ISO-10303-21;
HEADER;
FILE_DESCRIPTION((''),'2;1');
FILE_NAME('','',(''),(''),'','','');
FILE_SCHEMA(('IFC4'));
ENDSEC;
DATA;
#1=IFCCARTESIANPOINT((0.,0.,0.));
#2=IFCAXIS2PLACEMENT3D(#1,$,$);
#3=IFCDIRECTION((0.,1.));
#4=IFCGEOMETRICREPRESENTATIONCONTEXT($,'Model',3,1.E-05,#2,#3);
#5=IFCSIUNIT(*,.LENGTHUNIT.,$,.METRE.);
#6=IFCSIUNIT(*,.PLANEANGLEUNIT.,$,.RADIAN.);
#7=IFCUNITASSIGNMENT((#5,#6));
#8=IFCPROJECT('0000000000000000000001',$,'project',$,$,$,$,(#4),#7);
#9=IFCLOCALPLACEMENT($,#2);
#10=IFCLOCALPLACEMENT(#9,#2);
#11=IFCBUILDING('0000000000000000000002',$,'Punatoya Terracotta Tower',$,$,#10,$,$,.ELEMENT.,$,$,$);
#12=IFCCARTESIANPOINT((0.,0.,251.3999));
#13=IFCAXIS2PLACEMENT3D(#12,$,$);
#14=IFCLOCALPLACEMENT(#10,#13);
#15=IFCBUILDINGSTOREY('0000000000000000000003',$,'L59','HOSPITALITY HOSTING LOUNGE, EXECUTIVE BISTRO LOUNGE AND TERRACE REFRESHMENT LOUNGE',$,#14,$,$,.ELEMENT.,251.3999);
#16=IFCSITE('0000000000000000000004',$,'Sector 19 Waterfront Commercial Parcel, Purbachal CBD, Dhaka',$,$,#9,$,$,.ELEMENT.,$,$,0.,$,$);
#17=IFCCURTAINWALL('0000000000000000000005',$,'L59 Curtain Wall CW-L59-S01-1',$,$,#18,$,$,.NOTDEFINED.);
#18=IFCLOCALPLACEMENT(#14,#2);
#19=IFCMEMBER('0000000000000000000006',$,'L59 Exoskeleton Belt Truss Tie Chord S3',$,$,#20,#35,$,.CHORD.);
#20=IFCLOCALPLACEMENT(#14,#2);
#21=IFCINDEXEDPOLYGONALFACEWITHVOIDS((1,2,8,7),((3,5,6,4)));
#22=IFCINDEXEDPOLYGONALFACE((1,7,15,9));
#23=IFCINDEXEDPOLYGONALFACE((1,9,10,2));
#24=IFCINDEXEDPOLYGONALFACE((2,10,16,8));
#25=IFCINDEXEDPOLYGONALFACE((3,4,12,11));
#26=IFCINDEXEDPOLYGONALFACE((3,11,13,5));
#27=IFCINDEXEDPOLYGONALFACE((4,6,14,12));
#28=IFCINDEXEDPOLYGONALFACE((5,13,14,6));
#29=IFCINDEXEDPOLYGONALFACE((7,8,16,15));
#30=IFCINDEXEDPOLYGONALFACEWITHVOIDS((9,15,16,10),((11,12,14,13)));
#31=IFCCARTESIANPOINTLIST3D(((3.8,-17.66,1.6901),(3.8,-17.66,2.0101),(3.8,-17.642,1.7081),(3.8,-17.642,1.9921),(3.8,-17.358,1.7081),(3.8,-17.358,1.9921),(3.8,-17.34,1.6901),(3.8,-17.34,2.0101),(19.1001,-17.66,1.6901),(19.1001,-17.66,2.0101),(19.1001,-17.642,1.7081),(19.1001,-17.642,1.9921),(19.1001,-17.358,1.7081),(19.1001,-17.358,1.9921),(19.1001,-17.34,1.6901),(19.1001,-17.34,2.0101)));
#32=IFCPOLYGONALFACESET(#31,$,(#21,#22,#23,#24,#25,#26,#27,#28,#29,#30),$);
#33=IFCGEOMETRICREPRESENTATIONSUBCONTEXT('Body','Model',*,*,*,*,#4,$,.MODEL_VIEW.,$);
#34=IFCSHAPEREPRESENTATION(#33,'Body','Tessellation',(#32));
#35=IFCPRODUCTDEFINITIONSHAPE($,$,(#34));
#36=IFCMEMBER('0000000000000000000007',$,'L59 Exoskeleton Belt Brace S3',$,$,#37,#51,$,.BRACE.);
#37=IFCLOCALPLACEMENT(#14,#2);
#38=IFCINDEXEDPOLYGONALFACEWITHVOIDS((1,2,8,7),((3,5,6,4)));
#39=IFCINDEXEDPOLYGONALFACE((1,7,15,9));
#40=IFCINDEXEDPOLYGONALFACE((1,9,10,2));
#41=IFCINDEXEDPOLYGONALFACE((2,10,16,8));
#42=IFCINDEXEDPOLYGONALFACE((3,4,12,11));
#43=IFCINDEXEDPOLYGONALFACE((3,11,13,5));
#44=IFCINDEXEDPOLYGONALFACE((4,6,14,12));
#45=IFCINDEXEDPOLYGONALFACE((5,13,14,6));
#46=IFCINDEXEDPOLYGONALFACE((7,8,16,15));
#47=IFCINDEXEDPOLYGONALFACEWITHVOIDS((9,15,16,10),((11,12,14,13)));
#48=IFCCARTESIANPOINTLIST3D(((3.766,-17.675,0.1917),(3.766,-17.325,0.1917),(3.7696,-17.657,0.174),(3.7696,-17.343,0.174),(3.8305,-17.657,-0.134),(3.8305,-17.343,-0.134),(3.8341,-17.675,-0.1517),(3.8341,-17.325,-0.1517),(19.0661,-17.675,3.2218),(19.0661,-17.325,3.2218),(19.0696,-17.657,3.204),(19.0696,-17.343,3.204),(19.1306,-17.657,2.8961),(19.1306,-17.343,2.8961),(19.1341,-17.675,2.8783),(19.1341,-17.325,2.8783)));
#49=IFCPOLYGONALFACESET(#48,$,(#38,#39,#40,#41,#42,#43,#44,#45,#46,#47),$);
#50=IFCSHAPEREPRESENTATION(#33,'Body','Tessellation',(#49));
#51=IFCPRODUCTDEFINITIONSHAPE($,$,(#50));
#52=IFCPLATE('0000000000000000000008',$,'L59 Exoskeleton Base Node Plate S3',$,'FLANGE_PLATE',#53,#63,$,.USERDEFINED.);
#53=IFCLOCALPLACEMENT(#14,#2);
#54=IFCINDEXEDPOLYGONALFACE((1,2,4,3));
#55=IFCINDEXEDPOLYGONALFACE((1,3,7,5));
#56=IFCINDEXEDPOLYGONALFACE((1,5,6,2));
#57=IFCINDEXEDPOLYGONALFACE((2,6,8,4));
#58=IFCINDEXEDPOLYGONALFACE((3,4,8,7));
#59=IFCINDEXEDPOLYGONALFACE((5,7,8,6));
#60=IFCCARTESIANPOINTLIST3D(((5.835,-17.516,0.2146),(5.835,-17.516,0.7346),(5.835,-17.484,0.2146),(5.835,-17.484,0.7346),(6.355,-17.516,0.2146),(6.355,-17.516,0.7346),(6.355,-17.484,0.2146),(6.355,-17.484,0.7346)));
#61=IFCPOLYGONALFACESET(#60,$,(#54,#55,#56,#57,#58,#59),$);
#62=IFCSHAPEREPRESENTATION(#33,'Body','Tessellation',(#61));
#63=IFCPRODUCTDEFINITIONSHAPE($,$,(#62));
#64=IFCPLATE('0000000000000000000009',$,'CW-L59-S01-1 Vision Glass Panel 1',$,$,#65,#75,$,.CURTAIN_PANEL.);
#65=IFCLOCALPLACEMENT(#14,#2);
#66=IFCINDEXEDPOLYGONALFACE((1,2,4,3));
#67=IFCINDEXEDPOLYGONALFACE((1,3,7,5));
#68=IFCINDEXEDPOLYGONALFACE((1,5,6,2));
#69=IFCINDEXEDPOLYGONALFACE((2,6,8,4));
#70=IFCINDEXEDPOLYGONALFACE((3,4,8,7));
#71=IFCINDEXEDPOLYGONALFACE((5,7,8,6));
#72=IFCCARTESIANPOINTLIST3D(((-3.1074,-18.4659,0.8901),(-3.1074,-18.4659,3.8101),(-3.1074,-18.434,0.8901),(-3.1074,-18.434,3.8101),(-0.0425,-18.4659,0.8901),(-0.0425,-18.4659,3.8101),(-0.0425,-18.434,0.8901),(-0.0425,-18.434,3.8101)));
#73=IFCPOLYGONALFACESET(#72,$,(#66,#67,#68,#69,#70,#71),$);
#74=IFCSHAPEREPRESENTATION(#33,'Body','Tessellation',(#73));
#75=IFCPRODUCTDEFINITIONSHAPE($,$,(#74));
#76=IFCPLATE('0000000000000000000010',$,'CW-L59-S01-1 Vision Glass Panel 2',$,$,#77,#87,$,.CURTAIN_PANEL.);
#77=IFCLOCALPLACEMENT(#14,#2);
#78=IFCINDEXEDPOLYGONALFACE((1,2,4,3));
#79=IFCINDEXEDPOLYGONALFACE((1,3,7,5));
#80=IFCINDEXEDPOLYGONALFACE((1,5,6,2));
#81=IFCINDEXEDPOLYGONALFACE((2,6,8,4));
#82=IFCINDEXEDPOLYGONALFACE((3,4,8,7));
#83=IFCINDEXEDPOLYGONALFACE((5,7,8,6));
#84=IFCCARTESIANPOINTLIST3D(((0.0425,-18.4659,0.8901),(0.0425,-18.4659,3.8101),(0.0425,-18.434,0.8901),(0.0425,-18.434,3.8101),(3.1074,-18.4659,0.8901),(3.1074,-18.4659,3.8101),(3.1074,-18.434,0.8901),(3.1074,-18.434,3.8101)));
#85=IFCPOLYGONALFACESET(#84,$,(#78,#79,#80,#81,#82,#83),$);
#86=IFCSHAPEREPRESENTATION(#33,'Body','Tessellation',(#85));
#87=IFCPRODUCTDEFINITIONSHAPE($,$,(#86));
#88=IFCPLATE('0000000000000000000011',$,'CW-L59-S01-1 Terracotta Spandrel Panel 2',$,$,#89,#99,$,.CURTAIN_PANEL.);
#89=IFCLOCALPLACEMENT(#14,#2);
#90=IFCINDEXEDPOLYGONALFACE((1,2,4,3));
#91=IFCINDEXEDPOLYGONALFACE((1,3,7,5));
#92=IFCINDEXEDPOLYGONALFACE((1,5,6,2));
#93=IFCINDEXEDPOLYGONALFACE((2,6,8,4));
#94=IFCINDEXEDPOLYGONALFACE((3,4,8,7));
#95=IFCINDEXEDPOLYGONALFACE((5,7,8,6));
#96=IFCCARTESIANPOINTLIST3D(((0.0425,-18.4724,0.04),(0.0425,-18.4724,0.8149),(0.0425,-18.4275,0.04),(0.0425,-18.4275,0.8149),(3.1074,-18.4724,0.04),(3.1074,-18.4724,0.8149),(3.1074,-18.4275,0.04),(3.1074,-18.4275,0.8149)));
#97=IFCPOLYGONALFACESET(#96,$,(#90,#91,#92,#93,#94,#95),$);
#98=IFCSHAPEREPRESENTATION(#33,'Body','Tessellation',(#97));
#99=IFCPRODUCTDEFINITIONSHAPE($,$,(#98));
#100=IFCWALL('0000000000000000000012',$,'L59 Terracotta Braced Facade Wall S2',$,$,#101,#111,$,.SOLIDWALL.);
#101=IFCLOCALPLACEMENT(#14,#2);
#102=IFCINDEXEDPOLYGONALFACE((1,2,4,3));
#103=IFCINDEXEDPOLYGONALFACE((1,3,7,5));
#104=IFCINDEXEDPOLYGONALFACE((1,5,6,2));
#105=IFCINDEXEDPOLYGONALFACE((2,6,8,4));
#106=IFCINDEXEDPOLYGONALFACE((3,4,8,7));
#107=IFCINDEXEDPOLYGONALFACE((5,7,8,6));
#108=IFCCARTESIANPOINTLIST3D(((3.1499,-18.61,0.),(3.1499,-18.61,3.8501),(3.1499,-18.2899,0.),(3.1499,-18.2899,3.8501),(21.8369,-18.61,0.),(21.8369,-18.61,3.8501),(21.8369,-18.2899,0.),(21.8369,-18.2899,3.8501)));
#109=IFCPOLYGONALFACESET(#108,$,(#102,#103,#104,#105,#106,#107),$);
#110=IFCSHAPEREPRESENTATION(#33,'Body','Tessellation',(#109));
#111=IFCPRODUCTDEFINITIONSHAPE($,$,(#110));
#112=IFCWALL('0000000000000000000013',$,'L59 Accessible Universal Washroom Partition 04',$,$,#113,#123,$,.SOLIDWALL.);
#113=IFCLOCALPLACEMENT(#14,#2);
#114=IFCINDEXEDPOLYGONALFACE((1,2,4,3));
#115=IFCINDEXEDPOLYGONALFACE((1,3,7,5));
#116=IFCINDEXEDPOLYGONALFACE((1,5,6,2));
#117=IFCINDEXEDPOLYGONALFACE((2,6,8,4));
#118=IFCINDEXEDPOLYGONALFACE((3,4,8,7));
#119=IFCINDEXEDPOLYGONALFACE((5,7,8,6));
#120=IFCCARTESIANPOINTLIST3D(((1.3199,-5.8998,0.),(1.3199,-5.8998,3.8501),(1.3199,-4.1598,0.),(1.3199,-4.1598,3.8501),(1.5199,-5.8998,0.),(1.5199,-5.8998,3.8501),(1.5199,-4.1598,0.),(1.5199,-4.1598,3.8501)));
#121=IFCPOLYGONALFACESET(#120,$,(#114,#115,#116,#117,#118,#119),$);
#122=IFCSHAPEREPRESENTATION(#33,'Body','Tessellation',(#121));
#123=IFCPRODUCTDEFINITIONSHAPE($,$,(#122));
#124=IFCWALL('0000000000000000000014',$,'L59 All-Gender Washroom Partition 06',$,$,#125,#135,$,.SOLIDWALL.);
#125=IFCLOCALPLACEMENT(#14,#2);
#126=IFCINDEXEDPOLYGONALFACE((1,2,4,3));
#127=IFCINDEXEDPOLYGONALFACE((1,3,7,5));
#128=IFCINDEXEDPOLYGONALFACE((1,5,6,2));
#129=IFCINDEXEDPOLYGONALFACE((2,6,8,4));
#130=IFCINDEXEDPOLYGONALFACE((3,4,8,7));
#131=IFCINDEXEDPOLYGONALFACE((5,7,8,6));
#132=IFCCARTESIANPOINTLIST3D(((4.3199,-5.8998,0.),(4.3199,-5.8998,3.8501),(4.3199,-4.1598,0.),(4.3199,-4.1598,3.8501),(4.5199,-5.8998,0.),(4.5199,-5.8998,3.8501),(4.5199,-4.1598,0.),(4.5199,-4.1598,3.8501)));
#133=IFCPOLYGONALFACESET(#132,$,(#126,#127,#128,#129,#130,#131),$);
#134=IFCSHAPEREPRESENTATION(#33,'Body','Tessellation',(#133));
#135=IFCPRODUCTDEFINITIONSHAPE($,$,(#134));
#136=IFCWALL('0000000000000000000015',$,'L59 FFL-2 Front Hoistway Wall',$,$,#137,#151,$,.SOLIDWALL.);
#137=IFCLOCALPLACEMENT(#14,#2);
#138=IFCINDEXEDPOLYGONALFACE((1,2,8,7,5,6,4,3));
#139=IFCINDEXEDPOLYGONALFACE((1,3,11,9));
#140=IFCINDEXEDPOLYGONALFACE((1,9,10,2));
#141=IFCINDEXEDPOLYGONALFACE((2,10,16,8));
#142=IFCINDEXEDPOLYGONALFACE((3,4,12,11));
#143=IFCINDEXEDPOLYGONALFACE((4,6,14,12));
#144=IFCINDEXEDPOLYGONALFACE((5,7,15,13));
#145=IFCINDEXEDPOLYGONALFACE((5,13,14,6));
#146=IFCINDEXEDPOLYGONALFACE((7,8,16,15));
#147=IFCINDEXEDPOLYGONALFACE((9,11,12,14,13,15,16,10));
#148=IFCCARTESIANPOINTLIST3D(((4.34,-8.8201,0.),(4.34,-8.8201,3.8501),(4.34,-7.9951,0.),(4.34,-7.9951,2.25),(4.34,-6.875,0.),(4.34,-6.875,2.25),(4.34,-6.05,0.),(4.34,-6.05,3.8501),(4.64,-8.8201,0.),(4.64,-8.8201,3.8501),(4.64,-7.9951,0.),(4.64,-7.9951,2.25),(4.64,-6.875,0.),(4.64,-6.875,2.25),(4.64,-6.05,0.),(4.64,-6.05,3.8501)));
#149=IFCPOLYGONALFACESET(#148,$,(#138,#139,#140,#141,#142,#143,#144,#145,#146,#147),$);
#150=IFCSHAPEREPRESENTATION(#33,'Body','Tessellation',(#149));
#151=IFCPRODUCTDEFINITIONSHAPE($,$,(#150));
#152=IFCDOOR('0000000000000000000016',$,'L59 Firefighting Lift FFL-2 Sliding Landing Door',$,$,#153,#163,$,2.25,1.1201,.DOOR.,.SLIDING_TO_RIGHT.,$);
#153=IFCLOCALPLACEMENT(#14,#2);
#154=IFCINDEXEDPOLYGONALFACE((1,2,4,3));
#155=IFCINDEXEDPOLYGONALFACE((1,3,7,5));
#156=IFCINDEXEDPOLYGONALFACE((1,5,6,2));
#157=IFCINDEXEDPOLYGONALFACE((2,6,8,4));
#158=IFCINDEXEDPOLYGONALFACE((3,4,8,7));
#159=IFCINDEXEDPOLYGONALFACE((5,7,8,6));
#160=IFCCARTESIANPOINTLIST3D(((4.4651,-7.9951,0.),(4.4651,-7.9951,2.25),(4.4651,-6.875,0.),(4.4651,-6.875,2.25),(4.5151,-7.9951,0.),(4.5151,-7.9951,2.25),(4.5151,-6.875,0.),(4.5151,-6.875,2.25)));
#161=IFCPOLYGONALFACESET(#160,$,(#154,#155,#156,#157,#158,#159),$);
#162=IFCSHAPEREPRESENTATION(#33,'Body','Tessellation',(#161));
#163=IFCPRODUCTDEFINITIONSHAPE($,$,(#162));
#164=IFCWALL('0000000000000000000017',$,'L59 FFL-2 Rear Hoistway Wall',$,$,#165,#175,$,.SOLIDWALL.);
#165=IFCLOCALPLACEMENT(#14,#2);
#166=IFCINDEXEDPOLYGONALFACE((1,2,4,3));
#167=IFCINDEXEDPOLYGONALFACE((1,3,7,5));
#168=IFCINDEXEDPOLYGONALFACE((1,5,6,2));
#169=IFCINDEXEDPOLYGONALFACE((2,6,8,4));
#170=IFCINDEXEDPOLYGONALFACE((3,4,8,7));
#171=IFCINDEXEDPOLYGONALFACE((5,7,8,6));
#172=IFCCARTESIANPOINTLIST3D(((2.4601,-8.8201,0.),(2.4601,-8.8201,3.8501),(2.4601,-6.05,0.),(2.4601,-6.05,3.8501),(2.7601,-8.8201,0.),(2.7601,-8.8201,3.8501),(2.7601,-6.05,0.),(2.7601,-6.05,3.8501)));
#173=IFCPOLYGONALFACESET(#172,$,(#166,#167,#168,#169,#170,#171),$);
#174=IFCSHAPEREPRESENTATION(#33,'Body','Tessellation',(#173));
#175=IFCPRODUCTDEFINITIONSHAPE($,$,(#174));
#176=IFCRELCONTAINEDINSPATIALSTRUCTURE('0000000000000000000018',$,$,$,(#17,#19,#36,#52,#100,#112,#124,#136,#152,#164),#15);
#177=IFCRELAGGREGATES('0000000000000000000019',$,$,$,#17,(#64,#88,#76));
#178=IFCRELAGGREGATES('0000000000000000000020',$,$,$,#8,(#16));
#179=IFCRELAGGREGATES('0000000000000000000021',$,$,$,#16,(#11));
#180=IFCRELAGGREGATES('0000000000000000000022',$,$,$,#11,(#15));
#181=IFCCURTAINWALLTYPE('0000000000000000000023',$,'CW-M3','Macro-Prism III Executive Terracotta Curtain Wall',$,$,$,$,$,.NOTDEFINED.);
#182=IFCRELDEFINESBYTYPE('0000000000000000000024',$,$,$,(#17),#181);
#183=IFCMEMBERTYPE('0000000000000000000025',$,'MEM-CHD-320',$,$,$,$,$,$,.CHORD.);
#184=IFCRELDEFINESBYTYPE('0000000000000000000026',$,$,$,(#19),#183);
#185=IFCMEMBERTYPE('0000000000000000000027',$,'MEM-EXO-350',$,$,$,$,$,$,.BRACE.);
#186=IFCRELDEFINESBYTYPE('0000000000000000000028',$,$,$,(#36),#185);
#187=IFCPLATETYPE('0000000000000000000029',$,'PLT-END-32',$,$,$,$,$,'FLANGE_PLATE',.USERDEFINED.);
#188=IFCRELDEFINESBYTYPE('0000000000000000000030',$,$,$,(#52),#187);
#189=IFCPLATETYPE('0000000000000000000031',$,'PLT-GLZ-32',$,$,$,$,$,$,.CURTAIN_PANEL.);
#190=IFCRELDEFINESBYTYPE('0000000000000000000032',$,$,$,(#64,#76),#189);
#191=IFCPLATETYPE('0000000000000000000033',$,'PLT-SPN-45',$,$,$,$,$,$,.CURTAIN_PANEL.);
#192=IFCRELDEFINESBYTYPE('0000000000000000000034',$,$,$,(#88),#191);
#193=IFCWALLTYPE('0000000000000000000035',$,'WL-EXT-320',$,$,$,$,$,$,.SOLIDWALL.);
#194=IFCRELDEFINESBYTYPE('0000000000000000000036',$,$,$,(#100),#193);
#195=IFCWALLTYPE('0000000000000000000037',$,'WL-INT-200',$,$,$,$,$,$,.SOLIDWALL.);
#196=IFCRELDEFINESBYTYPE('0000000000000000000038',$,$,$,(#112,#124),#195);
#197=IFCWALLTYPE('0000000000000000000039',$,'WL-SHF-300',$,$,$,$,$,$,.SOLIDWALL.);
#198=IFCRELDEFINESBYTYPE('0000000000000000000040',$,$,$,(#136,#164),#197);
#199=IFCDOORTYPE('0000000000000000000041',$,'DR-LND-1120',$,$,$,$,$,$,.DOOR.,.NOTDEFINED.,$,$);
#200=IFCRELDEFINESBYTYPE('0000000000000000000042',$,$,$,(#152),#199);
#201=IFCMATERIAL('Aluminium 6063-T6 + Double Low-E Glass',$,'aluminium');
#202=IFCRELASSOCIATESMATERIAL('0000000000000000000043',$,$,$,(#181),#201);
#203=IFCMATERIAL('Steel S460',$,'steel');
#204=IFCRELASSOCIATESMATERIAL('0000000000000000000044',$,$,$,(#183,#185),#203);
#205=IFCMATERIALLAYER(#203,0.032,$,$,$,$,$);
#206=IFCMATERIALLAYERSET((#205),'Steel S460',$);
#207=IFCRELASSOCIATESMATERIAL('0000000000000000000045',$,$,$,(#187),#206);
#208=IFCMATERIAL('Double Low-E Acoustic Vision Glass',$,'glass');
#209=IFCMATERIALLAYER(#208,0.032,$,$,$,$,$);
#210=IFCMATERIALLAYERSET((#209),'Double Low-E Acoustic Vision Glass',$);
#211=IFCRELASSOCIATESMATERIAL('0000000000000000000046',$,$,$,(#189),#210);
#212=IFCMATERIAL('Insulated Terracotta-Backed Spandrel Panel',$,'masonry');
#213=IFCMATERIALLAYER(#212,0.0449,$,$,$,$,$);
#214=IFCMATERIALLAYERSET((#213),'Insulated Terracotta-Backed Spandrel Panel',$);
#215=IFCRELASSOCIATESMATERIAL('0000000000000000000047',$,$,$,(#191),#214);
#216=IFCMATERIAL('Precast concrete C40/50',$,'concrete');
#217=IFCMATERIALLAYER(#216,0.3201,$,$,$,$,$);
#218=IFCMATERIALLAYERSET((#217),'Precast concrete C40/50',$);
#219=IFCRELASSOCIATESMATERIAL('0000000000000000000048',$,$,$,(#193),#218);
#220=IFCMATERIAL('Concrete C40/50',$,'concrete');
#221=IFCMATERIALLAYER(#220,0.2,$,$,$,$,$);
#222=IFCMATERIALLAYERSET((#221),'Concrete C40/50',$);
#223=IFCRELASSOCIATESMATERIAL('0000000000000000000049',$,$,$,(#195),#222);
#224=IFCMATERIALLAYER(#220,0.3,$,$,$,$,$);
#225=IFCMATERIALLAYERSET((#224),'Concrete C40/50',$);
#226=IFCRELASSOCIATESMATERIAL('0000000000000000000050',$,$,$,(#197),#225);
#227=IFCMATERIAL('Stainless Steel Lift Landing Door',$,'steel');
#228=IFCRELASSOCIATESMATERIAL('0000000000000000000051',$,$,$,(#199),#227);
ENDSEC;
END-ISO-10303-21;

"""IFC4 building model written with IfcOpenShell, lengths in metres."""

from ifc_helpers import new_model, si_unit, direction, frame, frame_2d, origin, origin_2d, place, context, subcontext, project, spatial, rectangle, hollow_rectangle, extrude, material, layer, layer_set, material_profile, profile_set, type_object, element, fill, aggregate, save


model = new_model("IFC4")

# Units and contexts
model_context = context("Model", 3, precision=1e-05, world=origin(), true_north=direction((0.0, 1.0)))
body_context = subcontext(model_context, "Body", "Model", "MODEL_VIEW")
ifc_project = project(units=[si_unit("LENGTHUNIT", "METRE"), si_unit("PLANEANGLEUNIT", "RADIAN")], contexts=[model_context])

# Site, building, storey
site_placement = place(None, origin())
site = spatial("IfcSite", under=ifc_project, at=site_placement, Name="Sector 19 Waterfront Commercial Parcel, Purbachal CBD, Dhaka", CompositionType="ELEMENT", RefElevation=0.0)
building_placement = place(site_placement, origin())
building = spatial("IfcBuilding", under=site, at=building_placement, Name="Punatoya Terracotta Tower", CompositionType="ELEMENT")
storey_placement = place(building_placement, frame((0.0, 0.0, 251.3999)))
storey = spatial("IfcBuildingStorey", under=building, at=storey_placement, Name="L59", Description="HOSPITALITY HOSTING LOUNGE, EXECUTIVE BISTRO LOUNGE AND TERRACE REFRESHMENT LOUNGE", CompositionType="ELEMENT", Elevation=251.3999)

# Shared definitions
ifc_material_1 = material(Name="Steel S460", Category="steel")

# Curtain wall
ifc_material_2 = material(Name="Aluminium 6063-T6 + Double Low-E Glass", Category="aluminium")
curtain_wall_type = type_object("IfcCurtainWallType", Name="CW-M3", Description="Macro-Prism III Executive Terracotta Curtain Wall", PredefinedType="NOTDEFINED", material=ifc_material_2)
curtain_wall_placement = place(storey_placement, origin())
curtain_wall = element("IfcCurtainWall", 1, at=curtain_wall_placement, inside=storey, type_object=curtain_wall_type, Name="L59 Curtain Wall CW-L59-S01-1", PredefinedType="NOTDEFINED")

# Members
ifc_material_profile_1 = material_profile(ifc_material_1, hollow_rectangle(XDim=0.3201, YDim=0.3201, WallThickness=0.0181, at=origin_2d()))
ifc_profile_set_1 = profile_set([ifc_material_profile_1], Name="Steel S460")
member_type_1 = type_object("IfcMemberType", Name="MEM-CHD-320", PredefinedType="CHORD", material=ifc_profile_set_1)
member_1_placement = place(storey_placement, frame((3.8, -17.5, 1.8501), z_axis=(1.0, 0.0, 0.0), x_axis=(0.0, 1.0, 0.0)))
element("IfcMember", 2, at=member_1_placement, inside=storey, type_object=member_type_1, Name="L59 Exoskeleton Belt Truss Tie Chord S3", PredefinedType="CHORD", context=body_context, shape_type="SweptSolid", body=[
    extrude(hollow_rectangle(XDim=0.3201, YDim=0.3201, WallThickness=0.0181, at=origin_2d()), origin(), (0.0, 0.0, 1.0), 15.3),
])
ifc_material_profile_2 = material_profile(ifc_material_1, hollow_rectangle(XDim=0.3501, YDim=0.3501, WallThickness=0.0181, at=origin_2d()))
ifc_profile_set_2 = profile_set([ifc_material_profile_2], Name="Steel S460")
member_type_2 = type_object("IfcMemberType", Name="MEM-EXO-350", PredefinedType="BRACE", material=ifc_profile_set_2)
member_2_placement = place(storey_placement, frame((3.8, -17.5, 0.02), z_axis=(0.980949, 0.0, 0.194268), x_axis=(0.0, 1.0, 0.0)))
element("IfcMember", 3, at=member_2_placement, inside=storey, type_object=member_type_2, Name="L59 Exoskeleton Belt Brace S3", PredefinedType="BRACE", context=body_context, shape_type="SweptSolid", body=[
    extrude(hollow_rectangle(XDim=0.3501, YDim=0.3501, WallThickness=0.0181, at=origin_2d()), origin(), (0.0, 0.0, 1.0), 15.5972),
])

# Plates
ifc_layer_1 = layer(ifc_material_1, 0.032)
ifc_layer_set_1 = layer_set([ifc_layer_1], Name="Steel S460")
plate_type_1 = type_object("IfcPlateType", Name="PLT-END-32", ElementType="FLANGE_PLATE", PredefinedType="USERDEFINED", material=ifc_layer_set_1)
plate_1_placement = place(storey_placement, frame((6.095, -17.5, 0.2146), z_axis=(0.0, 0.0, 1.0), x_axis=(1.0, 0.0, 0.0)))
element("IfcPlate", 4, at=plate_1_placement, inside=storey, type_object=plate_type_1, Name="L59 Exoskeleton Base Node Plate S3", ObjectType="FLANGE_PLATE", PredefinedType="USERDEFINED", context=body_context, shape_type="SweptSolid", body=[
    extrude(rectangle(XDim=0.52, YDim=0.032, at=origin_2d()), origin(), (0.0, 0.0, 1.0), 0.52),
])
ifc_material_3 = material(Name="Double Low-E Acoustic Vision Glass", Category="glass")
ifc_layer_2 = layer(ifc_material_3, 0.032)
ifc_layer_set_2 = layer_set([ifc_layer_2], Name="Double Low-E Acoustic Vision Glass")
plate_type_2 = type_object("IfcPlateType", Name="PLT-GLZ-32", PredefinedType="CURTAIN_PANEL", material=ifc_layer_set_2)
plate_2_placement = place(storey_placement, frame((-1.575, -18.45, 0.8901), z_axis=(0.0, 0.0, 1.0), x_axis=(1.0, 0.0, 0.0)))
plate_2 = element("IfcPlate", 5, at=plate_2_placement, type_object=plate_type_2, Name="CW-L59-S01-1 Vision Glass Panel 1", PredefinedType="CURTAIN_PANEL", context=body_context, shape_type="SweptSolid", body=[
    extrude(rectangle(XDim=3.0649, YDim=0.032, at=origin_2d()), origin(), (0.0, 0.0, 1.0), 2.9199),
])
plate_3_placement = place(storey_placement, frame((1.575, -18.45, 0.8901), z_axis=(0.0, 0.0, 1.0), x_axis=(1.0, 0.0, 0.0)))
plate_3 = element("IfcPlate", 6, at=plate_3_placement, type_object=plate_type_2, Name="CW-L59-S01-1 Vision Glass Panel 2", PredefinedType="CURTAIN_PANEL", context=body_context, shape_type="SweptSolid", body=[
    extrude(rectangle(XDim=3.0649, YDim=0.032, at=origin_2d()), origin(), (0.0, 0.0, 1.0), 2.9199),
])
ifc_material_4 = material(Name="Insulated Terracotta-Backed Spandrel Panel", Category="masonry")
ifc_layer_3 = layer(ifc_material_4, 0.0449)
ifc_layer_set_3 = layer_set([ifc_layer_3], Name="Insulated Terracotta-Backed Spandrel Panel")
plate_type_3 = type_object("IfcPlateType", Name="PLT-SPN-45", PredefinedType="CURTAIN_PANEL", material=ifc_layer_set_3)
plate_4_placement = place(storey_placement, frame((1.575, -18.45, 0.04), z_axis=(0.0, 0.0, 1.0), x_axis=(1.0, 0.0, 0.0)))
plate_4 = element("IfcPlate", 7, at=plate_4_placement, type_object=plate_type_3, Name="CW-L59-S01-1 Terracotta Spandrel Panel 2", PredefinedType="CURTAIN_PANEL", context=body_context, shape_type="SweptSolid", body=[
    extrude(rectangle(XDim=3.0649, YDim=0.0449, at=origin_2d()), origin(), (0.0, 0.0, 1.0), 0.7749),
])
aggregate(curtain_wall, [plate_2, plate_4, plate_3])

# Walls
ifc_material_5 = material(Name="Precast concrete C40/50", Category="concrete")
ifc_layer_4 = layer(ifc_material_5, 0.3201)
ifc_layer_set_4 = layer_set([ifc_layer_4], Name="Precast concrete C40/50")
wall_type_1 = type_object("IfcWallType", Name="WL-EXT-320", PredefinedType="SOLIDWALL", material=ifc_layer_set_4)
wall_1_placement = place(storey_placement, frame((3.1499, -18.45, 0.0), z_axis=(0.0, 0.0, 1.0), x_axis=(1.0, 0.0, 0.0)))
element("IfcWall", 8, at=wall_1_placement, inside=storey, type_object=wall_type_1, Name="L59 Terracotta Braced Facade Wall S2", PredefinedType="SOLIDWALL", context=body_context, shape_type="SweptSolid", body=[
    extrude(rectangle(XDim=18.687, YDim=0.3201, at=frame_2d((9.3435, 0.0))), origin(), (0.0, 0.0, 1.0), 3.8501),
])
ifc_material_6 = material(Name="Concrete C40/50", Category="concrete")
ifc_layer_5 = layer(ifc_material_6, 0.2)
ifc_layer_set_5 = layer_set([ifc_layer_5], Name="Concrete C40/50")
wall_type_2 = type_object("IfcWallType", Name="WL-INT-200", PredefinedType="SOLIDWALL", material=ifc_layer_set_5)
wall_2_placement = place(storey_placement, frame((1.4199, -5.8999, 0.0), z_axis=(0.0, 0.0, 1.0), x_axis=(0.0, 1.0, 0.0)))
element("IfcWall", 9, at=wall_2_placement, inside=storey, type_object=wall_type_2, Name="L59 Accessible Universal Washroom Partition 04", PredefinedType="SOLIDWALL", context=body_context, shape_type="SweptSolid", body=[
    extrude(rectangle(XDim=1.74, YDim=0.2, at=frame_2d((0.8701, 0.0))), origin(), (0.0, 0.0, 1.0), 3.8501),
])

# Wall
wall_3_placement = place(storey_placement, frame((4.4199, -5.8999, 0.0), z_axis=(0.0, 0.0, 1.0), x_axis=(0.0, 1.0, 0.0)))
element("IfcWall", 10, at=wall_3_placement, inside=storey, type_object=wall_type_2, Name="L59 All-Gender Washroom Partition 06", PredefinedType="SOLIDWALL", context=body_context, shape_type="SweptSolid", body=[
    extrude(rectangle(XDim=1.74, YDim=0.2, at=frame_2d((0.8701, 0.0))), origin(), (0.0, 0.0, 1.0), 3.8501),
])

# Wall, opening, door
ifc_layer_6 = layer(ifc_material_6, 0.3)
ifc_layer_set_6 = layer_set([ifc_layer_6], Name="Concrete C40/50")
wall_type_3 = type_object("IfcWallType", Name="WL-SHF-300", PredefinedType="SOLIDWALL", material=ifc_layer_set_6)
wall_4_placement = place(storey_placement, frame((4.49, -8.8201, 0.0), z_axis=(0.0, 0.0, 1.0), x_axis=(0.0, 1.0, 0.0)))
wall_4 = element("IfcWall", 11, at=wall_4_placement, inside=storey, type_object=wall_type_3, Name="L59 FFL-2 Front Hoistway Wall", PredefinedType="SOLIDWALL", context=body_context, shape_type="SweptSolid", body=[
    extrude(rectangle(XDim=2.77, YDim=0.3, at=frame_2d((1.385, 0.0))), origin(), (0.0, 0.0, 1.0), 3.8501),
])
opening_1_placement = place(wall_4_placement, frame((0.825, 0.0, 0.0)))
opening_1 = element("IfcOpeningElement", 12, at=opening_1_placement, cuts=wall_4, PredefinedType="OPENING", context=body_context, shape_type="SweptSolid", body=[
    extrude(rectangle(XDim=1.1201, YDim=2.25, at=frame_2d((0.5601, 1.125))), frame((0.0, 0.1599, 0.0), z_axis=(0.0, -1.0, 0.0), x_axis=(1.0, 0.0, 0.0)), (0.0, 0.0, 1.0), 0.3201),
])
ifc_material_7 = material(Name="Stainless Steel Lift Landing Door", Category="steel")
door_type_1 = type_object("IfcDoorType", Name="DR-LND-1120", OperationType="NOTDEFINED", PredefinedType="DOOR", material=ifc_material_7)
door_1_placement = place(opening_1_placement, origin())
door_1 = element("IfcDoor", 13, at=door_1_placement, inside=storey, type_object=door_type_1, Name="L59 Firefighting Lift FFL-2 Sliding Landing Door", OperationType="SLIDING_TO_RIGHT", OverallHeight=2.25, OverallWidth=1.1201, PredefinedType="DOOR", context=body_context, shape_type="SweptSolid", body=[
    extrude(rectangle(XDim=1.1201, YDim=2.25, at=frame_2d((0.5601, 1.125))), frame((0.0, 0.0249, 0.0), z_axis=(0.0, -1.0, 0.0), x_axis=(1.0, 0.0, 0.0)), (0.0, 0.0, 1.0), 0.05),
])
fill(opening_1, door_1)

# Wall
wall_5_placement = place(storey_placement, frame((2.6101, -8.8201, 0.0), z_axis=(0.0, 0.0, 1.0), x_axis=(0.0, 1.0, 0.0)))
element("IfcWall", 14, at=wall_5_placement, inside=storey, type_object=wall_type_3, Name="L59 FFL-2 Rear Hoistway Wall", PredefinedType="SOLIDWALL", context=body_context, shape_type="SweptSolid", body=[
    extrude(rectangle(XDim=2.77, YDim=0.3, at=frame_2d((1.385, 0.0))), origin(), (0.0, 0.0, 1.0), 3.8501),
])

save(model, "model.ifc")
